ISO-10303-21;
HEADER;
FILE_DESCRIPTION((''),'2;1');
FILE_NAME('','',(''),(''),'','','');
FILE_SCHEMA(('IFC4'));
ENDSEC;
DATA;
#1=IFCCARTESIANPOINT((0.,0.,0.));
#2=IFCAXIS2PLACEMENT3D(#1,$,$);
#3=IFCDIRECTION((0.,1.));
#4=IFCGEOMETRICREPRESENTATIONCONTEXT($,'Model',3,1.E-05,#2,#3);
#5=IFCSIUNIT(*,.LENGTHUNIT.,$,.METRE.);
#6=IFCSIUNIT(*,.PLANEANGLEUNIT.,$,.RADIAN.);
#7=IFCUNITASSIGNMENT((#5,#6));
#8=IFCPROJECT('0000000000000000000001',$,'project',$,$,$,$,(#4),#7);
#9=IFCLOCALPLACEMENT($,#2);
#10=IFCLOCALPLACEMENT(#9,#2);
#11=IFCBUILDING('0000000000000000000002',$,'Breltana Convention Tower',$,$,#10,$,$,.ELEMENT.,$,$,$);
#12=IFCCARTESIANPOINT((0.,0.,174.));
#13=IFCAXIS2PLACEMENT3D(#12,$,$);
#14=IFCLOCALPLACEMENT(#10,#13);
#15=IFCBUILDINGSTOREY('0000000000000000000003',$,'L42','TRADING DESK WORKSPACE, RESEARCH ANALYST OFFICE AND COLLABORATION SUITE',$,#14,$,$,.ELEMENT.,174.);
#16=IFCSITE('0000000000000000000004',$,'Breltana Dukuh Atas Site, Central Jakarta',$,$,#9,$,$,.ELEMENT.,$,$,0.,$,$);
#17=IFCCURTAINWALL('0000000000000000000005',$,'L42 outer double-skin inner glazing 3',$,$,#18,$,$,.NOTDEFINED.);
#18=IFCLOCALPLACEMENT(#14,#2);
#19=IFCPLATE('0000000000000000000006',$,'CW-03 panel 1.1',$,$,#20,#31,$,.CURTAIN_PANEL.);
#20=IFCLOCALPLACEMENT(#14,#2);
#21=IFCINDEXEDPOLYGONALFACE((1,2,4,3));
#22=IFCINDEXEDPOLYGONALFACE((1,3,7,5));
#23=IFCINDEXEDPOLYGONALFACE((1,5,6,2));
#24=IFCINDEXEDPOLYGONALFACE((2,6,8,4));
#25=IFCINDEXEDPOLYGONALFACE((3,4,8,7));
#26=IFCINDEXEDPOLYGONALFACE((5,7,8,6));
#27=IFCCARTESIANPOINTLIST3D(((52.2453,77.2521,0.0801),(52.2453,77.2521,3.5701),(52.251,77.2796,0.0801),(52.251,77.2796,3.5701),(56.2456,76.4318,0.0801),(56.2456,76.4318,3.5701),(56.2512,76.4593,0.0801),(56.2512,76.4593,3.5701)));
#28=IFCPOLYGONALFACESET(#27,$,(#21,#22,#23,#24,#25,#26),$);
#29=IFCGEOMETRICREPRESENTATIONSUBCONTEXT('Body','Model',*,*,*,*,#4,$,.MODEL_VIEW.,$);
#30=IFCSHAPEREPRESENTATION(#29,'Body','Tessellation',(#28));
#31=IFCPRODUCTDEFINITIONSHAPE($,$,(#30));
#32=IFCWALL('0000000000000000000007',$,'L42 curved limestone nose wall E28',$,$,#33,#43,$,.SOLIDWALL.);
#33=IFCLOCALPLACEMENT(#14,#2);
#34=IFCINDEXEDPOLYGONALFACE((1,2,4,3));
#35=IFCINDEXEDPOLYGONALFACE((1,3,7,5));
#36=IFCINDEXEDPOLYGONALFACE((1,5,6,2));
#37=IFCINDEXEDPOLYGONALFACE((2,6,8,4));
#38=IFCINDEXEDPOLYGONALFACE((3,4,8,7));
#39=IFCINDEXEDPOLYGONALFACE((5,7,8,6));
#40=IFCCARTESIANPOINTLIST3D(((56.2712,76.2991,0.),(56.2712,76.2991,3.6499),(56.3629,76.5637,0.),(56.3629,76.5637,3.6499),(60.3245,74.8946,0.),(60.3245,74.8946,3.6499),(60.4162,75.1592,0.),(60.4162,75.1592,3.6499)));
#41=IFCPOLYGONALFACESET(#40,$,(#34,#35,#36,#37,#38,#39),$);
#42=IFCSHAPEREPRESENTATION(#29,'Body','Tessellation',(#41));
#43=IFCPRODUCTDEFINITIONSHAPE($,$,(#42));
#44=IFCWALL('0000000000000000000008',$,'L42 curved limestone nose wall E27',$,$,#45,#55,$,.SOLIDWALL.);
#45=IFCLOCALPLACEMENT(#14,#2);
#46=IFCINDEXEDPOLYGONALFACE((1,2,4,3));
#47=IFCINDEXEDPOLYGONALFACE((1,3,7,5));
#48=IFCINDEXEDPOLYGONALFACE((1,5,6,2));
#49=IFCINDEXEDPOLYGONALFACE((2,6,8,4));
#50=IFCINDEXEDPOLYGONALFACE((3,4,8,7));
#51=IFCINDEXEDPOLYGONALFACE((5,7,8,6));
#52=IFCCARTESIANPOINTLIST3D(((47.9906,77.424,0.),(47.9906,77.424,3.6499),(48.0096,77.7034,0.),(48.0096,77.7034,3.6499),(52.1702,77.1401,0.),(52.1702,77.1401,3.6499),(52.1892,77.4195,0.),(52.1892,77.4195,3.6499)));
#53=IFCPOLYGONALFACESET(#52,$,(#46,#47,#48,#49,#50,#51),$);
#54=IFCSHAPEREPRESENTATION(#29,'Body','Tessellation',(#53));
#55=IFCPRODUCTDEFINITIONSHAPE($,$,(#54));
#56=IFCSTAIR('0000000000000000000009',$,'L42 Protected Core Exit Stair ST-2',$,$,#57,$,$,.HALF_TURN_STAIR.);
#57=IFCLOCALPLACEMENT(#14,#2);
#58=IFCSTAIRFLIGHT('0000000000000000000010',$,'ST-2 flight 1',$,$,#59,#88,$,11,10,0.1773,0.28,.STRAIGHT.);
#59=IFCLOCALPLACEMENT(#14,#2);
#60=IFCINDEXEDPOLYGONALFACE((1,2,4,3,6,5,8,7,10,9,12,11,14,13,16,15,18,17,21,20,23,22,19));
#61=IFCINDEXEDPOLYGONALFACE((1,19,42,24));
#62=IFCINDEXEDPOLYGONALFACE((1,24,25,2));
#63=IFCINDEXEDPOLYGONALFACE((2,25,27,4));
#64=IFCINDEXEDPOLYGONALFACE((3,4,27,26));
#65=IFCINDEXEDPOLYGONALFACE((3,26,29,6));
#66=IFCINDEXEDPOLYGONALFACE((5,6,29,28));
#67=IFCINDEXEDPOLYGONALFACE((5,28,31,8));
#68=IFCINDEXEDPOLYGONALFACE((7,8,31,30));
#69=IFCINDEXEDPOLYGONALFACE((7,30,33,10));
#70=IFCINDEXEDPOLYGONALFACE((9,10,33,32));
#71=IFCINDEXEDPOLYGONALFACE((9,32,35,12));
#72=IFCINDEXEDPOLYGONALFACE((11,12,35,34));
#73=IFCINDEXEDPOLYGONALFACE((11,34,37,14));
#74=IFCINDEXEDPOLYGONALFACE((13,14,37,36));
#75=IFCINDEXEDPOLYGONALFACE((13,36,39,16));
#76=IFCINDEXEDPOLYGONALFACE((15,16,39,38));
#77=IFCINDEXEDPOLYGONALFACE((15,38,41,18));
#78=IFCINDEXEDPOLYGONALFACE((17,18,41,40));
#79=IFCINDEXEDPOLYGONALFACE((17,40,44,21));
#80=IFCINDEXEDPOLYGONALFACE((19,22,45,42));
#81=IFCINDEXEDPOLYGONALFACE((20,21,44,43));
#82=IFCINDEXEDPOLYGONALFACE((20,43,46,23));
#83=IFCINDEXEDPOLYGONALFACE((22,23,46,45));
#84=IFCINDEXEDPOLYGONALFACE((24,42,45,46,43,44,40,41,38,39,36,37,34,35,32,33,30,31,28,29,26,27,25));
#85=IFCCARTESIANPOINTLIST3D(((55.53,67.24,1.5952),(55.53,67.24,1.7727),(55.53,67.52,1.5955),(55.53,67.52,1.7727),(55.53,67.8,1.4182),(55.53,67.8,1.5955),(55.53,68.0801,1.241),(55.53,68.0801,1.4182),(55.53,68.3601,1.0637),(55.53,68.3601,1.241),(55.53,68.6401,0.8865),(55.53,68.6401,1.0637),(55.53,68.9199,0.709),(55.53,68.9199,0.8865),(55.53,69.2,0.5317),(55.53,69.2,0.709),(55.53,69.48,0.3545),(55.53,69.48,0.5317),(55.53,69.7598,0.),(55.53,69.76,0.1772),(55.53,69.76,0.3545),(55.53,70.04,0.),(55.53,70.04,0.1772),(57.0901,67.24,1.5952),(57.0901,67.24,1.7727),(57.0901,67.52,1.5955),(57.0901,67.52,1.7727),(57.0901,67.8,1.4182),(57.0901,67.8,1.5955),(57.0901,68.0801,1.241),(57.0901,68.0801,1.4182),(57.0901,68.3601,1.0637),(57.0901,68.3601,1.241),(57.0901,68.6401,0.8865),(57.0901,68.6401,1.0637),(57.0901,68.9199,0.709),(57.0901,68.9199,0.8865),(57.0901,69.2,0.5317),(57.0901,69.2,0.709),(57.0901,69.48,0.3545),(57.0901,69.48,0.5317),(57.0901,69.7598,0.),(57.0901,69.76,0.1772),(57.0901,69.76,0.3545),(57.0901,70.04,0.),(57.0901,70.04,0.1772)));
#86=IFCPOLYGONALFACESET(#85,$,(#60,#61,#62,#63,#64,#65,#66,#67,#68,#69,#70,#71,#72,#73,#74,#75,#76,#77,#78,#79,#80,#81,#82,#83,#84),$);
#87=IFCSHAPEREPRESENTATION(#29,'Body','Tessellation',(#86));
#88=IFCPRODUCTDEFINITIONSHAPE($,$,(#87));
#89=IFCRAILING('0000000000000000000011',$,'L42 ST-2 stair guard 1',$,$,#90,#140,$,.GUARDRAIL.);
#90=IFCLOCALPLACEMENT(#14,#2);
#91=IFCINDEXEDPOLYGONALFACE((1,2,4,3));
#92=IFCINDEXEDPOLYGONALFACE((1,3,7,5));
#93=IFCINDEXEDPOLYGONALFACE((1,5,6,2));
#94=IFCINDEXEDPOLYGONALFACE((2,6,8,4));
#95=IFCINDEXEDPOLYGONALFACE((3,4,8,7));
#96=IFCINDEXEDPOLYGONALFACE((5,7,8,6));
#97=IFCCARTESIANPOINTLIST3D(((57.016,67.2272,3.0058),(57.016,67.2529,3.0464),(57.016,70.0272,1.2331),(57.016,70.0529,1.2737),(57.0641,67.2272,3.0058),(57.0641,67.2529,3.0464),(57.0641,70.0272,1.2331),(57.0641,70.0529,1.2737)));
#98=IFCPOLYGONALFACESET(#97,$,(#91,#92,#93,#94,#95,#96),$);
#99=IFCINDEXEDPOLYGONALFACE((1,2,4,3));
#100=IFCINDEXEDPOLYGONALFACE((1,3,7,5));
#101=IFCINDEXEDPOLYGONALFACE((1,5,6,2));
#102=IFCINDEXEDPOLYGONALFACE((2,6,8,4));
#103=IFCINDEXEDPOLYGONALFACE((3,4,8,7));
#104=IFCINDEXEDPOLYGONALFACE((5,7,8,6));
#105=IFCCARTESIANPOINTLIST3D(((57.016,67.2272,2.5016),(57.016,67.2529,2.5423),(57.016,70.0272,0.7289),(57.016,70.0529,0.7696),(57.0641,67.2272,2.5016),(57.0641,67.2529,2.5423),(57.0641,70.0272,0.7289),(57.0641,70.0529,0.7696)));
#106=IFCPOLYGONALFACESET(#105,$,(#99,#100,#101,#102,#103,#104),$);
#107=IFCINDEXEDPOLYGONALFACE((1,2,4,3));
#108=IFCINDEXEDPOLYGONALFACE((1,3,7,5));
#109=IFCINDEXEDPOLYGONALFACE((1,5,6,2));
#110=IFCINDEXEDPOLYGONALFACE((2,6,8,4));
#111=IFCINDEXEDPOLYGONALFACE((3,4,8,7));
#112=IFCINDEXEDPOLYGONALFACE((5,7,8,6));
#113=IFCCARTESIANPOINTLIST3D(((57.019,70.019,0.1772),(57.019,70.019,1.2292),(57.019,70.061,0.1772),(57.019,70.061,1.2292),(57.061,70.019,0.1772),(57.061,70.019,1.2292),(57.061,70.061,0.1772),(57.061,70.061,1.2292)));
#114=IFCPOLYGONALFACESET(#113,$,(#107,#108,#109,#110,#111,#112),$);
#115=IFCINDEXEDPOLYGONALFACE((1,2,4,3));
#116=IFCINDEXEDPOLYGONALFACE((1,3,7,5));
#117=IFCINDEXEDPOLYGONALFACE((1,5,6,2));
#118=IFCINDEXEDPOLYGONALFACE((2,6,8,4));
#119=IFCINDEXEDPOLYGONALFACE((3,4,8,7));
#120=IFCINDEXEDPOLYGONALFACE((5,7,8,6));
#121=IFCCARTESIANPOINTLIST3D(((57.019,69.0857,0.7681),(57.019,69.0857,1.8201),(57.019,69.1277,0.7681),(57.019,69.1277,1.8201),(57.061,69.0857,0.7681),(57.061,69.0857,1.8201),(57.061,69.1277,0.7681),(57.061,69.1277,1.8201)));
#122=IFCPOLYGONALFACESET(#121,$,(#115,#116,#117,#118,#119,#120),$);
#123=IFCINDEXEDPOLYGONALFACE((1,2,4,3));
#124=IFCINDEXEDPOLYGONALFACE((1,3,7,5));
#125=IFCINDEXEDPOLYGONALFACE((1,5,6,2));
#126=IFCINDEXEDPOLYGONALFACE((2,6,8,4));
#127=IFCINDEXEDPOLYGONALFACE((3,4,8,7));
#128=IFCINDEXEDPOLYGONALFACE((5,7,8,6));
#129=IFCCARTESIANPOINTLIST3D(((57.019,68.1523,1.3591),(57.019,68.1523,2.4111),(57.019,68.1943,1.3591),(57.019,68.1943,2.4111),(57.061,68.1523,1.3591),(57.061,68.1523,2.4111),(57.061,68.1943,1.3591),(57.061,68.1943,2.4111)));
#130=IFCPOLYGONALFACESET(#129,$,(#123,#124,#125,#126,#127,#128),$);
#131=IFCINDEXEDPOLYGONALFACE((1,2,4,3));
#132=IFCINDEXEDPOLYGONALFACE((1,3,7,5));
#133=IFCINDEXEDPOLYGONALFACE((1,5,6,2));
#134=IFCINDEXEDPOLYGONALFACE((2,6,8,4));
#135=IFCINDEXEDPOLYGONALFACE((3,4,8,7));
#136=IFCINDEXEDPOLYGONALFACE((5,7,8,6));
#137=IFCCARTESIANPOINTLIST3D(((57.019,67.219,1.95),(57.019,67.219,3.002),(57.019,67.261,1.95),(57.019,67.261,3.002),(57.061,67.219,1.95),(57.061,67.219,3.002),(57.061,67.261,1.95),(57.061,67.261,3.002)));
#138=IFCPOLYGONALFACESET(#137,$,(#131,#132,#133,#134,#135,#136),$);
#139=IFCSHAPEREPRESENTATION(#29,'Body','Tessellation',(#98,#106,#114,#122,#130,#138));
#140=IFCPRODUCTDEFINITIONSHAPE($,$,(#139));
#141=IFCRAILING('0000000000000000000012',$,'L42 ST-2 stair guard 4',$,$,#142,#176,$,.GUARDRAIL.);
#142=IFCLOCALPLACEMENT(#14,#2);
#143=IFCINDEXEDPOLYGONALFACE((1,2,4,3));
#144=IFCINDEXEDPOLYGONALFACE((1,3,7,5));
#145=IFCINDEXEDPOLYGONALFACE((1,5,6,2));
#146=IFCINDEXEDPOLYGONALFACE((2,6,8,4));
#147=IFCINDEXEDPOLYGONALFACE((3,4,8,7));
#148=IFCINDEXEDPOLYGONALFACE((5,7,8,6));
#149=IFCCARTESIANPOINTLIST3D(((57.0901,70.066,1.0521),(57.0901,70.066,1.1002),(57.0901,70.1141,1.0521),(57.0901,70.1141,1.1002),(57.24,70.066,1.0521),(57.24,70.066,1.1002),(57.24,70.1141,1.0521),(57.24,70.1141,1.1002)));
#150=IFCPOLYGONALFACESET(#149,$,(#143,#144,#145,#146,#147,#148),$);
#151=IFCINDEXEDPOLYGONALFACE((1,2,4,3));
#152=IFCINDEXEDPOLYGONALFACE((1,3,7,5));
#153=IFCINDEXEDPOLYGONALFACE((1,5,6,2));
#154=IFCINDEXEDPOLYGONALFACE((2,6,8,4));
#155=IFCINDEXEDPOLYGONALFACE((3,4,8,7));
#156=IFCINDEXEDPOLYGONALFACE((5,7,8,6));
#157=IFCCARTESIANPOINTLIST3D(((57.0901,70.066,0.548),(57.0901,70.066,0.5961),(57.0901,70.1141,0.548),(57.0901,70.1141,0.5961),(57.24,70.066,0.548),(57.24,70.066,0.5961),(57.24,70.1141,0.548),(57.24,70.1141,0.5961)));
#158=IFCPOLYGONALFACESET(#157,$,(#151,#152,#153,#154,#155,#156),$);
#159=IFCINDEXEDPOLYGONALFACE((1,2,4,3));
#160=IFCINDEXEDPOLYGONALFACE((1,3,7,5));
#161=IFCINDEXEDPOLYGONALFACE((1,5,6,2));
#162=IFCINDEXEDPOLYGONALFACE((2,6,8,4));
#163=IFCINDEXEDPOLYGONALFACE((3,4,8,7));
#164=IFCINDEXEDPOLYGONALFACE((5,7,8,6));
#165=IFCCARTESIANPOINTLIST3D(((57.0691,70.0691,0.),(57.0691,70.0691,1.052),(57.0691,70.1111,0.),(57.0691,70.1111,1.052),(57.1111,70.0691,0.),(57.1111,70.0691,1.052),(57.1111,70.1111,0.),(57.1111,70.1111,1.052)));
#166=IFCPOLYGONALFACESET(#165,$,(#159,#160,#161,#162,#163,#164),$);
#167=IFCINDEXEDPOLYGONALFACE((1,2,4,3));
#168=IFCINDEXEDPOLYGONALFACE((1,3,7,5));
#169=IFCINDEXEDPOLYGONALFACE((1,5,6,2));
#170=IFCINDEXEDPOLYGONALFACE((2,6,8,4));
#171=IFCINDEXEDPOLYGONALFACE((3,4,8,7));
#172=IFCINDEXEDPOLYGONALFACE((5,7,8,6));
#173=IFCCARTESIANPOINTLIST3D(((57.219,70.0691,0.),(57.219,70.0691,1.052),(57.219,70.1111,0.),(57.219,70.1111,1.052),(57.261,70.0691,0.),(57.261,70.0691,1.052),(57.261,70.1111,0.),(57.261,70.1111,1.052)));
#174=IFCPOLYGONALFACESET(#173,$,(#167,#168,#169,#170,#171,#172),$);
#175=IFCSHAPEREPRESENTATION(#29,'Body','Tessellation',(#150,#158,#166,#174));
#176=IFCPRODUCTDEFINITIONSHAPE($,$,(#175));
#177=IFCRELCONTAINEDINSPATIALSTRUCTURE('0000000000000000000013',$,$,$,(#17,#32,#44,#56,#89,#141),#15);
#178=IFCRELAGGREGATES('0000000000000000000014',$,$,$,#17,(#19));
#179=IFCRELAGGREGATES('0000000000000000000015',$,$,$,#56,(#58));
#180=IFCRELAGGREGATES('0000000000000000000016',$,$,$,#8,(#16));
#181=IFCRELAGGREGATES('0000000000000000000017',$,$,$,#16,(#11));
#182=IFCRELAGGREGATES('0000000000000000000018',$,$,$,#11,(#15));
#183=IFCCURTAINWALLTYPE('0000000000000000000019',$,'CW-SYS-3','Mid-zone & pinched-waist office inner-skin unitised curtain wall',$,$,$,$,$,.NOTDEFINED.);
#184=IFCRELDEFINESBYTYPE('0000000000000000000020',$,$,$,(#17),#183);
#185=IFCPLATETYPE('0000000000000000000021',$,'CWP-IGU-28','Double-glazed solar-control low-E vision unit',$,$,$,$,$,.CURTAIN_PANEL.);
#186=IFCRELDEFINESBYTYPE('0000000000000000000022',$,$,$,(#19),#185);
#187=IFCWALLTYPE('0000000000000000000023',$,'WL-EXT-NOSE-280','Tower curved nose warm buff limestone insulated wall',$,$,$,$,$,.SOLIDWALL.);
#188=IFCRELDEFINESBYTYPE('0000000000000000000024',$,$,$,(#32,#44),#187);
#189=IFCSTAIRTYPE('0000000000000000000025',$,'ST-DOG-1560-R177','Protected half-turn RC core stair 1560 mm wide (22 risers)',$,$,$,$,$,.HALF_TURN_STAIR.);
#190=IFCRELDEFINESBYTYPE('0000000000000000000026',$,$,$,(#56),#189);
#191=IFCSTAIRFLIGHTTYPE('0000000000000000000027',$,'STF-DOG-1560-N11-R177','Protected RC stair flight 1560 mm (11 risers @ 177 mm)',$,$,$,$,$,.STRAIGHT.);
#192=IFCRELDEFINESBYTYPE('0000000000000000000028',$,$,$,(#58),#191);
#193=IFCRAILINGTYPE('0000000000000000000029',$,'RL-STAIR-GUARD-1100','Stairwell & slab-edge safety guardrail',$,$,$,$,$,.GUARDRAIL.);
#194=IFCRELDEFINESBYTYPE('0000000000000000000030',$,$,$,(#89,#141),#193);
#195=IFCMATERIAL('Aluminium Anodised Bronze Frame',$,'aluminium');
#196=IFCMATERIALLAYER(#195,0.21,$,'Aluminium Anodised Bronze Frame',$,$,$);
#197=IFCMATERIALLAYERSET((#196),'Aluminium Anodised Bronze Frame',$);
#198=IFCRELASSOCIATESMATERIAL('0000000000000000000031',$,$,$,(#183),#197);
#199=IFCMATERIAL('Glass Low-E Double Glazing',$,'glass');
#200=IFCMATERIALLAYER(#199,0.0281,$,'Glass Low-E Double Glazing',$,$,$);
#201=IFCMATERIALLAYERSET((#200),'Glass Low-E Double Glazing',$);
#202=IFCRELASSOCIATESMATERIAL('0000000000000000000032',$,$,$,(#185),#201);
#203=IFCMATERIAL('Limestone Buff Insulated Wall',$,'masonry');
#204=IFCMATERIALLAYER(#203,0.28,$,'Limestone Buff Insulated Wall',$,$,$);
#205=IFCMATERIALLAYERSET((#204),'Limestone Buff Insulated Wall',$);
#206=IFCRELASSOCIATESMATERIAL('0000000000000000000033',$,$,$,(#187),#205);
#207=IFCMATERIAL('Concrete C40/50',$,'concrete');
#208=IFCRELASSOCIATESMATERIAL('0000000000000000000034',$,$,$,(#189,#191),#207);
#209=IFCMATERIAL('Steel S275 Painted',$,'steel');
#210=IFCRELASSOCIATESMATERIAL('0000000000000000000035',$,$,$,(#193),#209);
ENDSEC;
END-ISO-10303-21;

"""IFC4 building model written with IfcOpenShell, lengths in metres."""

from ifc_helpers import new_model, si_unit, direction, frame, frame_2d, origin, origin_2d, place, context, subcontext, project, spatial, polyline, rectangle, outline, extrude, source, transform, mapped, material, layer, layer_set, type_object, element, aggregate, save


model = new_model("IFC4")

# Units and contexts
model_context = context("Model", 3, precision=1e-05, world=origin(), true_north=direction((0.0, 1.0)))
body_context = subcontext(model_context, "Body", "Model", "MODEL_VIEW")
ifc_project = project(units=[si_unit("LENGTHUNIT", "METRE"), si_unit("PLANEANGLEUNIT", "RADIAN")], contexts=[model_context])

# Site, building, storey
site_placement = place(None, origin())
site = spatial("IfcSite", under=ifc_project, at=site_placement, Name="Breltana Dukuh Atas Site, Central Jakarta", CompositionType="ELEMENT", RefElevation=0.0)
building_placement = place(site_placement, origin())
building = spatial("IfcBuilding", under=site, at=building_placement, Name="Breltana Convention Tower", CompositionType="ELEMENT")
storey_placement = place(building_placement, frame((0.0, 0.0, 174.0)))
storey = spatial("IfcBuildingStorey", under=building, at=storey_placement, Name="L42", Description="TRADING DESK WORKSPACE, RESEARCH ANALYST OFFICE AND COLLABORATION SUITE", CompositionType="ELEMENT", Elevation=174.0)

# Curtain wall, plate
ifc_material_1 = material(Name="Aluminium Anodised Bronze Frame", Category="aluminium")
ifc_layer_1 = layer(ifc_material_1, 0.21, Name="Aluminium Anodised Bronze Frame")
ifc_layer_set_1 = layer_set([ifc_layer_1], Name="Aluminium Anodised Bronze Frame")
curtain_wall_type = type_object("IfcCurtainWallType", Name="CW-SYS-3", Description="Mid-zone & pinched-waist office inner-skin unitised curtain wall", PredefinedType="NOTDEFINED", material=ifc_layer_set_1)
curtain_wall_placement = place(storey_placement, origin())
curtain_wall = element("IfcCurtainWall", 1, at=curtain_wall_placement, inside=storey, type_object=curtain_wall_type, Name="L42 outer double-skin inner glazing 3", PredefinedType="NOTDEFINED")
ifc_material_2 = material(Name="Glass Low-E Double Glazing", Category="glass")
ifc_layer_2 = layer(ifc_material_2, 0.0281, Name="Glass Low-E Double Glazing")
ifc_layer_set_2 = layer_set([ifc_layer_2], Name="Glass Low-E Double Glazing")
plate_type = type_object("IfcPlateType", Name="CWP-IGU-28", Description="Double-glazed solar-control low-E vision unit", PredefinedType="CURTAIN_PANEL", material=ifc_layer_set_2)
shared_shape_1 = source(origin(), body_context, "Body", "SweptSolid", [
    extrude(rectangle(XDim=4.0835, YDim=0.0281, at=origin_2d()), origin(), (0.0, 0.0, 1.0), 3.49),
])
plate_placement = place(storey_placement, frame((54.2483, 76.8557, 0.0801), z_axis=(0.0, 0.0, 1.0), x_axis=(0.979617, -0.200877, 0.0)))
plate = element("IfcPlate", 2, at=plate_placement, type_object=plate_type, Name="CW-03 panel 1.1", PredefinedType="CURTAIN_PANEL", context=body_context, shape_type="MappedRepresentation", body=[
    mapped(shared_shape_1, transform((0.0, 0.0, 0.0), scale=1.0)),
])
aggregate(curtain_wall, [plate])

# Walls
ifc_material_3 = material(Name="Limestone Buff Insulated Wall", Category="masonry")
ifc_layer_3 = layer(ifc_material_3, 0.28, Name="Limestone Buff Insulated Wall")
ifc_layer_set_3 = layer_set([ifc_layer_3], Name="Limestone Buff Insulated Wall")
wall_type_1 = type_object("IfcWallType", Name="WL-EXT-NOSE-280", Description="Tower curved nose warm buff limestone insulated wall", PredefinedType="SOLIDWALL", material=ifc_layer_set_3)
shared_shape_2 = source(origin(), body_context, "Body", "SweptSolid", [
    extrude(rectangle(XDim=4.2898, YDim=0.28, at=frame_2d((2.145, 0.0))), origin(), (0.0, 0.0, 1.0), 3.6499),
])
wall_1_placement = place(storey_placement, frame((56.3169, 76.4314, 0.0), z_axis=(0.0, 0.0, 1.0), x_axis=(0.944884, -0.327406, 0.0)))
element("IfcWall", 3, at=wall_1_placement, inside=storey, type_object=wall_type_1, Name="L42 curved limestone nose wall E28", PredefinedType="SOLIDWALL", context=body_context, shape_type="MappedRepresentation", body=[
    mapped(shared_shape_2, transform((0.0, 0.0, 0.0), scale=1.0)),
])
shared_shape_3 = source(origin(), body_context, "Body", "SweptSolid", [
    extrude(rectangle(XDim=4.1892, YDim=0.28, at=frame_2d((2.0947, 0.0))), origin(), (0.0, 0.0, 1.0), 3.6499),
])
wall_2_placement = place(storey_placement, frame((48.0, 77.5637, 0.0), z_axis=(0.0, 0.0, 1.0), x_axis=(0.997701, -0.067776, 0.0)))
element("IfcWall", 4, at=wall_2_placement, inside=storey, type_object=wall_type_1, Name="L42 curved limestone nose wall E27", PredefinedType="SOLIDWALL", context=body_context, shape_type="MappedRepresentation", body=[
    mapped(shared_shape_3, transform((0.0, 0.0, 0.0), scale=1.0)),
])

# Stair, stair flight
ifc_material_4 = material(Name="Concrete C40/50", Category="concrete")
stair_type = type_object("IfcStairType", Name="ST-DOG-1560-R177", Description="Protected half-turn RC core stair 1560 mm wide (22 risers)", PredefinedType="HALF_TURN_STAIR", material=ifc_material_4)
stair_placement = place(storey_placement, origin())
stair = element("IfcStair", 5, at=stair_placement, inside=storey, type_object=stair_type, Name="L42 Protected Core Exit Stair ST-2", PredefinedType="HALF_TURN_STAIR")
stair_flight_type = type_object("IfcStairFlightType", Name="STF-DOG-1560-N11-R177", Description="Protected RC stair flight 1560 mm (11 risers @ 177 mm)", PredefinedType="STRAIGHT", material=ifc_material_4)
stair_flight_placement = place(storey_placement, frame((56.3101, 70.04, 0.0), z_axis=(0.0, 0.0, 1.0), x_axis=(0.0, -1.0, 0.0)))
stair_flight = element("IfcStairFlight", 6, at=stair_flight_placement, type_object=stair_flight_type, Name="ST-2 flight 1", NumberOfRisers=11, NumberOfTreads=10, PredefinedType="STRAIGHT", RiserHeight=0.1773, TreadLength=0.28, context=body_context, shape_type="SweptSolid", body=[
    extrude(outline(polyline([(0.0, 0.0), (0.0, 0.1772), (0.28, 0.1772), (0.28, 0.3545), (0.5601, 0.3545), (0.5601, 0.5317), (0.8401, 0.5317), (0.8401, 0.709), (1.1201, 0.709), (1.1201, 0.8865), (1.3999, 0.8865), (1.3999, 1.0637), (1.6799, 1.0637), (1.6799, 1.241), (1.96, 1.241), (1.96, 1.4182), (2.24, 1.4182), (2.24, 1.5955), (2.52, 1.5955), (2.52, 1.7727), (2.8, 1.7727), (2.8, 1.95), (2.8, 1.5952), (0.2803, 0.0), (0.0, 0.0)])), frame((0.0, 0.78, 0.0), z_axis=(0.0, -1.0, 0.0), x_axis=(1.0, 0.0, 0.0)), (0.0, 0.0, 1.0), 1.5601),
])
aggregate(stair, [stair_flight])

# Railings
ifc_material_5 = material(Name="Steel S275 Painted", Category="steel")
railing_type_1 = type_object("IfcRailingType", Name="RL-STAIR-GUARD-1100", Description="Stairwell & slab-edge safety guardrail", PredefinedType="GUARDRAIL", material=ifc_material_5)
railing_1_placement = place(storey_placement, frame((57.04, 70.04, 0.1772)))
element("IfcRailing", 7, at=railing_1_placement, inside=storey, type_object=railing_type_1, Name="L42 ST-2 stair guard 1", PredefinedType="GUARDRAIL", context=body_context, shape_type="SweptSolid", body=[
    extrude(rectangle(XDim=0.0481, YDim=0.0481, at=origin_2d()), frame((0.0, 0.0, 1.0762), z_axis=(0.0, -0.844909, 0.53491), x_axis=(1.0, 0.0, 0.0)), (0.0, 0.0, 1.0), 3.314),
    extrude(rectangle(XDim=0.0481, YDim=0.0481, at=origin_2d()), frame((0.0, 0.0, 0.572), z_axis=(0.0, -0.844909, 0.53491), x_axis=(1.0, 0.0, 0.0)), (0.0, 0.0, 1.0), 3.314),
    extrude(rectangle(XDim=0.042, YDim=0.042, at=origin_2d()), origin(), (0.0, 0.0, 1.0), 1.052),
    extrude(rectangle(XDim=0.042, YDim=0.042, at=origin_2d()), frame((0.0, -0.9333, 0.5908)), (0.0, 0.0, 1.0), 1.052),
    extrude(rectangle(XDim=0.042, YDim=0.042, at=origin_2d()), frame((0.0, -1.8667, 1.1819)), (0.0, 0.0, 1.0), 1.052),
    extrude(rectangle(XDim=0.042, YDim=0.042, at=origin_2d()), frame((0.0, -2.8, 1.7727)), (0.0, 0.0, 1.0), 1.052),
])
railing_2_placement = place(storey_placement, frame((57.0901, 70.0901, 0.0)))
element("IfcRailing", 8, at=railing_2_placement, inside=storey, type_object=railing_type_1, Name="L42 ST-2 stair guard 4", PredefinedType="GUARDRAIL", context=body_context, shape_type="SweptSolid", body=[
    extrude(rectangle(XDim=0.0481, YDim=0.0481, at=origin_2d()), frame((0.0, 0.0, 1.0762), z_axis=(1.0, 0.0, 0.0), x_axis=(0.0, 1.0, 0.0)), (0.0, 0.0, 1.0), 0.1499),
    extrude(rectangle(XDim=0.0481, YDim=0.0481, at=origin_2d()), frame((0.0, 0.0, 0.572), z_axis=(1.0, 0.0, 0.0), x_axis=(0.0, 1.0, 0.0)), (0.0, 0.0, 1.0), 0.1499),
    extrude(rectangle(XDim=0.042, YDim=0.042, at=origin_2d()), origin(), (0.0, 0.0, 1.0), 1.052),
    extrude(rectangle(XDim=0.042, YDim=0.042, at=origin_2d()), frame((0.1499, 0.0, 0.0)), (0.0, 0.0, 1.0), 1.052),
])

save(model, "model.ifc")
